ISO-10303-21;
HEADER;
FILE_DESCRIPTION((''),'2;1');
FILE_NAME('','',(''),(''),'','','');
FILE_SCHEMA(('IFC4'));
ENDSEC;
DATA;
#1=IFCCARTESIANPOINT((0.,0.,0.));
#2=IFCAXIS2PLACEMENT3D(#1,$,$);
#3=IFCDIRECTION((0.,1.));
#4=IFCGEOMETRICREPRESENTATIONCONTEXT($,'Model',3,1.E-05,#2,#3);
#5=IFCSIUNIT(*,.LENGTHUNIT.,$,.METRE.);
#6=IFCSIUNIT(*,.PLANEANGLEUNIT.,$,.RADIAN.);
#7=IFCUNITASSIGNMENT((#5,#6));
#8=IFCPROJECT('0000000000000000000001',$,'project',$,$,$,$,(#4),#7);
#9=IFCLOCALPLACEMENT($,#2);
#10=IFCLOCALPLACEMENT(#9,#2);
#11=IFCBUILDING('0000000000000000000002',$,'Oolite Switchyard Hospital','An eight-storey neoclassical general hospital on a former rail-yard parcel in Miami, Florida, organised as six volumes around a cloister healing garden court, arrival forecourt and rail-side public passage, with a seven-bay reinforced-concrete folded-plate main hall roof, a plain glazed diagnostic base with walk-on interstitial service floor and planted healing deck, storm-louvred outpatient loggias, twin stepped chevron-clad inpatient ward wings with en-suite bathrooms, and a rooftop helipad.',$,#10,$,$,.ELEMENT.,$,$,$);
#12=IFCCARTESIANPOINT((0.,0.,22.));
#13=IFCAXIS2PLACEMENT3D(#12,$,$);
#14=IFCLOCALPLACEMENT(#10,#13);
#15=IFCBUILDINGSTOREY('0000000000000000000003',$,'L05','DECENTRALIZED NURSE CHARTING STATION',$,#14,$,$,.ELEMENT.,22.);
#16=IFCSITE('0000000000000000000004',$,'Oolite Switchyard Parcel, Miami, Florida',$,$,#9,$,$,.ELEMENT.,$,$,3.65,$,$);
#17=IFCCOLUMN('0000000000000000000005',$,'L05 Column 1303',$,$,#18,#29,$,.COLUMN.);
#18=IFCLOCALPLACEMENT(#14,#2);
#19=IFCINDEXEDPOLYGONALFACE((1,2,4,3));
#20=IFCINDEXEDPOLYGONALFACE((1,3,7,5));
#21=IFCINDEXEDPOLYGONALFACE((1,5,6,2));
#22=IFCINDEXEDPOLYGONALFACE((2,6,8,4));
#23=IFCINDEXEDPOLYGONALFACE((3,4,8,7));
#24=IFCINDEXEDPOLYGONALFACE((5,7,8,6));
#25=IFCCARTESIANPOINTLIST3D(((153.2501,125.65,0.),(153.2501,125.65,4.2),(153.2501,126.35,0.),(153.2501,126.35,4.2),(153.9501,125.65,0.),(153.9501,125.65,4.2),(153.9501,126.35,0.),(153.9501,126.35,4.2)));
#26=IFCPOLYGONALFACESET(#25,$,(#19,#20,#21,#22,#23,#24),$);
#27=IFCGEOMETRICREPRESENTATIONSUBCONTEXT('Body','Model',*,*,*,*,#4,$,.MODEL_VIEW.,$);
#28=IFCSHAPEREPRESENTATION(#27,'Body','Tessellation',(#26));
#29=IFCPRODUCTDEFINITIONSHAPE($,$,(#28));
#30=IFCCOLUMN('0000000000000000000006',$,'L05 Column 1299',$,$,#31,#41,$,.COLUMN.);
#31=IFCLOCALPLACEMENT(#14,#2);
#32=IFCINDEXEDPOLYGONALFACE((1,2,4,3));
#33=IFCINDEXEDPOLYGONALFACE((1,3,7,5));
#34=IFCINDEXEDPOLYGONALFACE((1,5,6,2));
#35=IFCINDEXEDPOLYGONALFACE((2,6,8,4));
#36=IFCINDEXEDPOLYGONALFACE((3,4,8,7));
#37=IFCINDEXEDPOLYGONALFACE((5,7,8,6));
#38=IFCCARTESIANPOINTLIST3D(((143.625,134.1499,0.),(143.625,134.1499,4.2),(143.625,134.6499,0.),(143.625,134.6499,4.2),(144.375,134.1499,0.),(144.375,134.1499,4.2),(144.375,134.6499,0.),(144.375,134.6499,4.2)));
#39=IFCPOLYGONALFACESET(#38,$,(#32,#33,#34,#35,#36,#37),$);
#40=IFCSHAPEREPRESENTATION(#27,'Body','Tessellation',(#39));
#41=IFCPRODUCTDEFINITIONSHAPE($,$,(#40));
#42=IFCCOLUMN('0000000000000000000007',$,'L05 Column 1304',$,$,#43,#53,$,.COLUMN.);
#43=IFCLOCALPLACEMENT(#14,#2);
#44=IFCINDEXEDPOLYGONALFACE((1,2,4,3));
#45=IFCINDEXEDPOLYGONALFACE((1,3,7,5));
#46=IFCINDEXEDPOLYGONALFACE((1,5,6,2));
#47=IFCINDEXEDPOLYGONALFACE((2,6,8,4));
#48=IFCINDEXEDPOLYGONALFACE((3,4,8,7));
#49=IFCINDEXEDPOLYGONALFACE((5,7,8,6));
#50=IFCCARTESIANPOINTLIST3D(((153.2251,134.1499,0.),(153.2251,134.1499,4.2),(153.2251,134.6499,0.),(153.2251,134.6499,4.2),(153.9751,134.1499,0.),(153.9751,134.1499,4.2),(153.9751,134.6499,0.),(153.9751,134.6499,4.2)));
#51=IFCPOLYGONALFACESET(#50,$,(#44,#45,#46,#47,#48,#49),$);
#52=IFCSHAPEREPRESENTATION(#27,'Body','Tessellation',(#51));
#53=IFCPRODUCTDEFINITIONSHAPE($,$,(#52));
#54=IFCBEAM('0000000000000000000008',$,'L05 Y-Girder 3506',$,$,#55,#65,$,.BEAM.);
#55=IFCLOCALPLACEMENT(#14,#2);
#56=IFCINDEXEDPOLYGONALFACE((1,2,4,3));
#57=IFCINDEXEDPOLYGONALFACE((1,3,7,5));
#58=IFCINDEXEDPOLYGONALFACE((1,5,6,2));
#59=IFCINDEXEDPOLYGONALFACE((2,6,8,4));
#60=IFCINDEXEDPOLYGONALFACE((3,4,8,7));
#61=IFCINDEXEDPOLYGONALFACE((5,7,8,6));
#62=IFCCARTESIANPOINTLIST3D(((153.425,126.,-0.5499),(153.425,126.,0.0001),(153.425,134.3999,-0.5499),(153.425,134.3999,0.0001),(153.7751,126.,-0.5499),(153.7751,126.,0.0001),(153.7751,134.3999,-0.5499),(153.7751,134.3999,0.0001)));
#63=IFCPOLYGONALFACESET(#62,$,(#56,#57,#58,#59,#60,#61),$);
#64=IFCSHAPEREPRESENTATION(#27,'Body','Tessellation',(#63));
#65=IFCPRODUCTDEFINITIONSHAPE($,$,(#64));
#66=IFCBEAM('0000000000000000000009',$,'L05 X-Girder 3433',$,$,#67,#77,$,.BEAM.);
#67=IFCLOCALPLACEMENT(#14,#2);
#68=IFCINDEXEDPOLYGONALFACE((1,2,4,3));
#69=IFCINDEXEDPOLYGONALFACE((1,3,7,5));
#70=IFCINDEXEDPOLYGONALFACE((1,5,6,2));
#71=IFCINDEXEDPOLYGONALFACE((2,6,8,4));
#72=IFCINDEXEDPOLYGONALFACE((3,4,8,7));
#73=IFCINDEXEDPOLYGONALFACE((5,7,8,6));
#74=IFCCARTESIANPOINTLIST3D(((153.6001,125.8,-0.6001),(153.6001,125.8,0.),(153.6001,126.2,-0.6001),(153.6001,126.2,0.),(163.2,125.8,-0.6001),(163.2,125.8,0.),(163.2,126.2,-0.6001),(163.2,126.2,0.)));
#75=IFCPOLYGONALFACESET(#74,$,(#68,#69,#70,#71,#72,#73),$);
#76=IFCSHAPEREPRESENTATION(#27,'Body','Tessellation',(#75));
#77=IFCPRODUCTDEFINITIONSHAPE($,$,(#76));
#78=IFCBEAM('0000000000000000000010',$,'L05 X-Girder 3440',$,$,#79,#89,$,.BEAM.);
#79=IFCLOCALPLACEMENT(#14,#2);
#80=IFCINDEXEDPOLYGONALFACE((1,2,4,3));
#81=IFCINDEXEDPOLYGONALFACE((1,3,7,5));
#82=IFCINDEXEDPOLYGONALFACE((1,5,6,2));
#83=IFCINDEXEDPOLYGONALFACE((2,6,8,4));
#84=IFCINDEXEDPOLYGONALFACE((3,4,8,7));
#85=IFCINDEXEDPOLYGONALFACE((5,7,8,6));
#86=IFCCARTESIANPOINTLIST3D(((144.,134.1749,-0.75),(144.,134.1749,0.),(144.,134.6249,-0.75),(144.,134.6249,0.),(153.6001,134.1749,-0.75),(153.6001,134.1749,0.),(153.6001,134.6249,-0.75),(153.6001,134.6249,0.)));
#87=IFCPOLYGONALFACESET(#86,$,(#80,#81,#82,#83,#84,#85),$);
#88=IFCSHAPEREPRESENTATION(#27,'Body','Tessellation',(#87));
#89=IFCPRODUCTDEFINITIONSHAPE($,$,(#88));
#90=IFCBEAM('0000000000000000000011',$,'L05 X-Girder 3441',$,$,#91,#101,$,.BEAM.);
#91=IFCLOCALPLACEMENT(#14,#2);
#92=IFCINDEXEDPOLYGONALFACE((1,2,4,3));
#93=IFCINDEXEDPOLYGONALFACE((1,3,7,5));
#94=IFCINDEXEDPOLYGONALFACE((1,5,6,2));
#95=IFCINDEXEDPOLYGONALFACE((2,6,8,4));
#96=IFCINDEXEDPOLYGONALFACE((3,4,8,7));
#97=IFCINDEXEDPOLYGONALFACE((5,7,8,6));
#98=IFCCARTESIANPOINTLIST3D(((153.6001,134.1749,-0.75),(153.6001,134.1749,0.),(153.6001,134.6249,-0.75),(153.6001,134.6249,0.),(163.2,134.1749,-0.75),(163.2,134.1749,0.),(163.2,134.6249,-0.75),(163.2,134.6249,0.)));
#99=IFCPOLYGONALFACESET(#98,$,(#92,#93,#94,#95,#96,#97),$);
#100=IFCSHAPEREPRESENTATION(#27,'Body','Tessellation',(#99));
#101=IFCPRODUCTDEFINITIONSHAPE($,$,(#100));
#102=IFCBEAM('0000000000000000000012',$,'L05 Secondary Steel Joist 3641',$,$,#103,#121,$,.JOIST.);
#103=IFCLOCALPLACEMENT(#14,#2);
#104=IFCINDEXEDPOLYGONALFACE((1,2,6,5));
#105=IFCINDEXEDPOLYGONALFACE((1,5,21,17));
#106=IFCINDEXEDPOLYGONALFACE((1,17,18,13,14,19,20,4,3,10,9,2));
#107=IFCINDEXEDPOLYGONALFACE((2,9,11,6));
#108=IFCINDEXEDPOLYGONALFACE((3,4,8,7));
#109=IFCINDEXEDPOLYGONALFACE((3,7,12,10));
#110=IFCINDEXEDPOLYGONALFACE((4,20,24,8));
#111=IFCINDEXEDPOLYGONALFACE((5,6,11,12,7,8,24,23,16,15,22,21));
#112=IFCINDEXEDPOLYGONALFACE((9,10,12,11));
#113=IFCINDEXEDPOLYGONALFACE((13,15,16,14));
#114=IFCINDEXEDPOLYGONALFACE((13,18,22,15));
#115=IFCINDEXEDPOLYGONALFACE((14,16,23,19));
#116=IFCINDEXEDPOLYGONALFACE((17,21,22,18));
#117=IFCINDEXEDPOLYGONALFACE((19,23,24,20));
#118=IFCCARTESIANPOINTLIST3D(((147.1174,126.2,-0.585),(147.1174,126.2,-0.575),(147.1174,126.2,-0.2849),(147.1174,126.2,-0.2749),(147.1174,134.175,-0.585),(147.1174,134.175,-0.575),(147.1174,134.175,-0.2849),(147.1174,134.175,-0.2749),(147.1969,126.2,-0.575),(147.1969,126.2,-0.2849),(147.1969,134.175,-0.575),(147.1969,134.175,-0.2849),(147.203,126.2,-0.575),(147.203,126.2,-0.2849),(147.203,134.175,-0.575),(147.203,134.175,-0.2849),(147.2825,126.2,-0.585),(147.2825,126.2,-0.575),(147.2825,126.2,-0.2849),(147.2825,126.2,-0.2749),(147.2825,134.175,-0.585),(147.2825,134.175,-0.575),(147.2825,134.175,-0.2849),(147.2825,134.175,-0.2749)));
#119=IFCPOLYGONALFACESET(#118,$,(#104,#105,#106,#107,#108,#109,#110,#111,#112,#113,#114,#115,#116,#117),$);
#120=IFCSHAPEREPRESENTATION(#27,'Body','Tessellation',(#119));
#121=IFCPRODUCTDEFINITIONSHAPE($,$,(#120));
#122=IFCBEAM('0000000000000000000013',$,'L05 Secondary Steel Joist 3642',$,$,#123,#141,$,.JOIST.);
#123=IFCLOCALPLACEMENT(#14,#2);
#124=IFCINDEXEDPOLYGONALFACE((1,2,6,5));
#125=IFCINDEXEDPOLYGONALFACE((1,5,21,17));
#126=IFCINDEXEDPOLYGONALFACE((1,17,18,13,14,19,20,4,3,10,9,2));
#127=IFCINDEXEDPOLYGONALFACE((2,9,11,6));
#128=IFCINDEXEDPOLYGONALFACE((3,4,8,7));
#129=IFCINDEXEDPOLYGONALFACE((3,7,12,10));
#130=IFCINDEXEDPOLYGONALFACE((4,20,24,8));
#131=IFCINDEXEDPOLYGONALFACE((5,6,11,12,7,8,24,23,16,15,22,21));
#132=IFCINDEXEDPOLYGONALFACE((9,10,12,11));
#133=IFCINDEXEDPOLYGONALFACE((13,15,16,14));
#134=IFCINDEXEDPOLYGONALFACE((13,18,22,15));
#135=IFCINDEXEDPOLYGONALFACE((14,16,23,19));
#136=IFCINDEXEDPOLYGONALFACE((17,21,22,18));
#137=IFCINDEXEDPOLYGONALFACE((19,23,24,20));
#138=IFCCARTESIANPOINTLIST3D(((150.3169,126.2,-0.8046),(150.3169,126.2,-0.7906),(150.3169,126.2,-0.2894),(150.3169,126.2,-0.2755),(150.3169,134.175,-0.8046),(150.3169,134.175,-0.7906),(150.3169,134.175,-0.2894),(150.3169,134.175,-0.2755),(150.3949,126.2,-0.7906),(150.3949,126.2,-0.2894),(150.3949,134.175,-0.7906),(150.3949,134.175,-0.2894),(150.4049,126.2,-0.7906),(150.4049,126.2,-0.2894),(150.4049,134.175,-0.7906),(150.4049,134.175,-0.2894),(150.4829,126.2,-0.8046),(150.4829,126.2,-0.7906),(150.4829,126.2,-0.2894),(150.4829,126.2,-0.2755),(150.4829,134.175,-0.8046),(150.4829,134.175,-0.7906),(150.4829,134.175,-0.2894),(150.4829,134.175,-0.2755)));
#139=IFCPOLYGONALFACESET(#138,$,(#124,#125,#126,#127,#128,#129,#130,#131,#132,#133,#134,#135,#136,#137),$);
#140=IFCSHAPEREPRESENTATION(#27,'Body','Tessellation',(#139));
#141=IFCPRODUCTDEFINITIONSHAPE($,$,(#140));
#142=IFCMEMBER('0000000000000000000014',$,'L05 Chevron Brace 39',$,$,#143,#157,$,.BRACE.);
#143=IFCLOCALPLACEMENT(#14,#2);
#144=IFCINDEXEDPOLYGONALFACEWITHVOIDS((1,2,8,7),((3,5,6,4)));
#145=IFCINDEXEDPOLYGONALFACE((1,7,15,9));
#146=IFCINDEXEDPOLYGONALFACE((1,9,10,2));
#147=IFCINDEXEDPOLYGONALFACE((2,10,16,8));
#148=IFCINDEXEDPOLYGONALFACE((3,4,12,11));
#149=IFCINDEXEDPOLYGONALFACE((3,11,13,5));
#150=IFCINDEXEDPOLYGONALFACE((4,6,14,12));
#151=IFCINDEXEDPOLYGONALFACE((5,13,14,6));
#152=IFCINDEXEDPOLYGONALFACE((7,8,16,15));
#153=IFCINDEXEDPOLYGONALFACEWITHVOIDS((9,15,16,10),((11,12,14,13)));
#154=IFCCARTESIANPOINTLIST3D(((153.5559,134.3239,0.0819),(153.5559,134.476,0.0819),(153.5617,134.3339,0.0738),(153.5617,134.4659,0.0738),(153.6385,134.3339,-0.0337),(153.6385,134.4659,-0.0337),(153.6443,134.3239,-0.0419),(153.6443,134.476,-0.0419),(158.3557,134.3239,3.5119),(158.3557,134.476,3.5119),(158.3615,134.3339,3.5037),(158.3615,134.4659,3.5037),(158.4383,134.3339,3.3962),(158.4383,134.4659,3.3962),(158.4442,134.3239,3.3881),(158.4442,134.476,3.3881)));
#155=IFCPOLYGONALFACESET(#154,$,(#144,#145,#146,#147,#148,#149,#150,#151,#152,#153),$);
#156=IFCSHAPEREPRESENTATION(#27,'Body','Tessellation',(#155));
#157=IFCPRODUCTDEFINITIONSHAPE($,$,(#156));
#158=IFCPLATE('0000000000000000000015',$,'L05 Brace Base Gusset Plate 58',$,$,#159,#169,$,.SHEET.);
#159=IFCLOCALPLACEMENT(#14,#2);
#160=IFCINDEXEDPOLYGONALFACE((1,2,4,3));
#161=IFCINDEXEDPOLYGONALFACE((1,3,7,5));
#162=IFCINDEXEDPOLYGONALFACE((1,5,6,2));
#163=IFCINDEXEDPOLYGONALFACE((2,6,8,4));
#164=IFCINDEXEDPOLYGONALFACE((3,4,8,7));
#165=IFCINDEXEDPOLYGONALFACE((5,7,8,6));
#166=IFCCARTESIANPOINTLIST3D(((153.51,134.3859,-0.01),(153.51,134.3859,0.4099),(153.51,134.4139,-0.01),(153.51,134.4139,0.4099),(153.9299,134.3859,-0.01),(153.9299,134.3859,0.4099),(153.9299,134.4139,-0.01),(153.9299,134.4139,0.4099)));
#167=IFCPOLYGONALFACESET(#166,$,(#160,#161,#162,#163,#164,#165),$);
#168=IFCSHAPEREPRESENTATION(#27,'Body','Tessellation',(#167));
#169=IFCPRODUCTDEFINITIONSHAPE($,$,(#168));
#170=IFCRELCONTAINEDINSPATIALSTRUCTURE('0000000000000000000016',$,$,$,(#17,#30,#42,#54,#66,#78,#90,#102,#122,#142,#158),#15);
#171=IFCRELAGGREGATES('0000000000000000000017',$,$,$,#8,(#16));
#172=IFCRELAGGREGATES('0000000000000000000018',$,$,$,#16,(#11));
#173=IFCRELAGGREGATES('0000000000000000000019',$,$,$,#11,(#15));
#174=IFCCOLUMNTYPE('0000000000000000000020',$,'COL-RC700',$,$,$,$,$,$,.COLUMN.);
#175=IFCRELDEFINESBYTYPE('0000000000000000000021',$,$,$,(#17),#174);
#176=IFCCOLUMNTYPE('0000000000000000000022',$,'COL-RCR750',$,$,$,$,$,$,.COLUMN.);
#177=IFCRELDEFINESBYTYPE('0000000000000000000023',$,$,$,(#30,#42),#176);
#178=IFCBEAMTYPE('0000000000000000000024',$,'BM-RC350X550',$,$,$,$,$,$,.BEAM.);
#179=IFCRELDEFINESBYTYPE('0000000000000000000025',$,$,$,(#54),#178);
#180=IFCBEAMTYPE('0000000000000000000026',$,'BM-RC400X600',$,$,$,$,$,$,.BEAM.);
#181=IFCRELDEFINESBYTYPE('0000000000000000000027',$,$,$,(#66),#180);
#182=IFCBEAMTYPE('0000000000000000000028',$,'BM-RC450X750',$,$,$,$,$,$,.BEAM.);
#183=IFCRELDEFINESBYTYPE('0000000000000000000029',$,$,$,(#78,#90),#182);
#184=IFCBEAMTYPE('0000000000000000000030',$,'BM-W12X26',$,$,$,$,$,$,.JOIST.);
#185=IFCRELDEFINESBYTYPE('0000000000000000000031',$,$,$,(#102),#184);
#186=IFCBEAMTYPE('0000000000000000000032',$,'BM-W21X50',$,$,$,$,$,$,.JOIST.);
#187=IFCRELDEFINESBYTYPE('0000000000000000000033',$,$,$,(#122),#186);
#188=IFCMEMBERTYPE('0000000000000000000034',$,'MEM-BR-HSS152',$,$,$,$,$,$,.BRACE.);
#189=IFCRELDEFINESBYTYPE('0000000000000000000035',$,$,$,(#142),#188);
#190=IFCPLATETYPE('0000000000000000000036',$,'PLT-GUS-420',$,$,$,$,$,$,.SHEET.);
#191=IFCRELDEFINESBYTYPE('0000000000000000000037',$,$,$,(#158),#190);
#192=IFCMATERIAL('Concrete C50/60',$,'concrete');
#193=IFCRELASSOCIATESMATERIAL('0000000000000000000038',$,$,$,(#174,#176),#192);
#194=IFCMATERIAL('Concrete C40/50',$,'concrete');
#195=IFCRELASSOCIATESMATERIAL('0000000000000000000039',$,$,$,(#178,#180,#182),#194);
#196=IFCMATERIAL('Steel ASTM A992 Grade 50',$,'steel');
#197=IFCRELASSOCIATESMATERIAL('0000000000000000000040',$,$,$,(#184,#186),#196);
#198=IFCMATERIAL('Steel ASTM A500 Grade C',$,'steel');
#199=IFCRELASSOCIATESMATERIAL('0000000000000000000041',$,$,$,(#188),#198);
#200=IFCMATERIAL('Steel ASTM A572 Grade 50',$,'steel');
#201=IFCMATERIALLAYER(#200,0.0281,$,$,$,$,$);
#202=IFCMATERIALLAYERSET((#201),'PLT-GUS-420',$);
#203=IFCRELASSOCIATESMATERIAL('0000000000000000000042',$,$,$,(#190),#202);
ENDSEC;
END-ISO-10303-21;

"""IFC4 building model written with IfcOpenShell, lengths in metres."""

from ifc_helpers import new_model, si_unit, direction, frame, origin, origin_2d, place, context, subcontext, project, spatial, rectangle, hollow_rectangle, i_section, extrude, material, layer, layer_set, material_profile, profile_set, type_object, element, save


model = new_model("IFC4")

# Units and contexts
model_context = context("Model", 3, precision=1e-05, world=origin(), true_north=direction((0.0, 1.0)))
body_context = subcontext(model_context, "Body", "Model", "MODEL_VIEW")
ifc_project = project(units=[si_unit("LENGTHUNIT", "METRE"), si_unit("PLANEANGLEUNIT", "RADIAN")], contexts=[model_context])

# Site, building, storey
site_placement = place(None, origin())
site = spatial("IfcSite", under=ifc_project, at=site_placement, Name="Oolite Switchyard Parcel, Miami, Florida", CompositionType="ELEMENT", RefElevation=3.65)
building_placement = place(site_placement, origin())
building = spatial("IfcBuilding", under=site, at=building_placement, Name="Oolite Switchyard Hospital", Description="An eight-storey neoclassical general hospital on a former rail-yard parcel in Miami, Florida, organised as six volumes around a cloister healing garden court, arrival forecourt and rail-side public passage, with a seven-bay reinforced-concrete folded-plate main hall roof, a plain glazed diagnostic base with walk-on interstitial service floor and planted healing deck, storm-louvred outpatient loggias, twin stepped chevron-clad inpatient ward wings with en-suite bathrooms, and a rooftop helipad.", CompositionType="ELEMENT")
storey_placement = place(building_placement, frame((0.0, 0.0, 22.0)))
storey = spatial("IfcBuildingStorey", under=building, at=storey_placement, Name="L05", Description="DECENTRALIZED NURSE CHARTING STATION", CompositionType="ELEMENT", Elevation=22.0)

# Columns
ifc_material_1 = material(Name="Concrete C50/60", Category="concrete")
ifc_material_profile_1 = material_profile(ifc_material_1, rectangle(XDim=0.7, YDim=0.7, at=origin_2d()), Name="RC700X700")
ifc_profile_set_1 = profile_set([ifc_material_profile_1], Name="Concrete C50/60")
column_type_1 = type_object("IfcColumnType", Name="COL-RC700", PredefinedType="COLUMN", material=ifc_profile_set_1)
column_placement = place(storey_placement, frame((153.6001, 126.0, 0.0), z_axis=(0.0, 0.0, 1.0), x_axis=(1.0, 0.0, 0.0)))
element("IfcColumn", 1, at=column_placement, inside=storey, type_object=column_type_1, Name="L05 Column 1303", PredefinedType="COLUMN", context=body_context, shape_type="SweptSolid", body=[
    extrude(rectangle(XDim=0.7, YDim=0.7, at=origin_2d()), origin(), (0.0, 0.0, 1.0), 4.2),
])
ifc_material_profile_2 = material_profile(ifc_material_1, rectangle(XDim=0.75, YDim=0.5, at=origin_2d()), Name="RC750X500")
ifc_profile_set_2 = profile_set([ifc_material_profile_2], Name="Concrete C50/60")
column_type_2 = type_object("IfcColumnType", Name="COL-RCR750", PredefinedType="COLUMN", material=ifc_profile_set_2)
for number, where, z_axis, x_axis, name in (
    (2, (144.0, 134.3999, 0.0), (0.0, 0.0, 1.0), (1.0, 0.0, 0.0), "L05 Column 1299"),
    (3, (153.6001, 134.3999, 0.0), (0.0, 0.0, 1.0), (1.0, 0.0, 0.0), "L05 Column 1304"),
):
    element("IfcColumn", number, at=place(storey_placement, frame(where, z_axis=z_axis, x_axis=x_axis)), inside=storey, type_object=column_type_2, Name=name, PredefinedType="COLUMN", context=body_context, shape_type="SweptSolid", body=[
        extrude(rectangle(XDim=0.75, YDim=0.5, at=origin_2d()), origin(), (0.0, 0.0, 1.0), 4.2),
    ])

# Beams
ifc_material_2 = material(Name="Concrete C40/50", Category="concrete")
ifc_material_profile_3 = material_profile(ifc_material_2, rectangle(XDim=0.3501, YDim=0.55, at=origin_2d()), Name="RCB350X550")
ifc_profile_set_3 = profile_set([ifc_material_profile_3], Name="Concrete C40/50")
beam_type_1 = type_object("IfcBeamType", Name="BM-RC350X550", PredefinedType="BEAM", material=ifc_profile_set_3)
beam_1_placement = place(storey_placement, frame((153.6001, 126.0, -0.2749), z_axis=(0.0, 1.0, 0.0), x_axis=(-1.0, 0.0, 0.0)))
element("IfcBeam", 4, at=beam_1_placement, inside=storey, type_object=beam_type_1, Name="L05 Y-Girder 3506", PredefinedType="BEAM", context=body_context, shape_type="SweptSolid", body=[
    extrude(rectangle(XDim=0.3501, YDim=0.55, at=origin_2d()), origin(), (0.0, 0.0, 1.0), 8.3999),
])
ifc_material_profile_4 = material_profile(ifc_material_2, rectangle(XDim=0.3999, YDim=0.6001, at=origin_2d()), Name="RCB400X600")
ifc_profile_set_4 = profile_set([ifc_material_profile_4], Name="Concrete C40/50")
beam_type_2 = type_object("IfcBeamType", Name="BM-RC400X600", PredefinedType="BEAM", material=ifc_profile_set_4)
beam_2_placement = place(storey_placement, frame((153.6001, 126.0, -0.3), z_axis=(1.0, 0.0, 0.0), x_axis=(0.0, 1.0, 0.0)))
element("IfcBeam", 5, at=beam_2_placement, inside=storey, type_object=beam_type_2, Name="L05 X-Girder 3433", PredefinedType="BEAM", context=body_context, shape_type="SweptSolid", body=[
    extrude(rectangle(XDim=0.3999, YDim=0.6001, at=origin_2d()), origin(), (0.0, 0.0, 1.0), 9.5999),
])
ifc_material_profile_5 = material_profile(ifc_material_2, rectangle(XDim=0.45, YDim=0.75, at=origin_2d()), Name="RCB450X750")
ifc_profile_set_5 = profile_set([ifc_material_profile_5], Name="Concrete C40/50")
beam_type_3 = type_object("IfcBeamType", Name="BM-RC450X750", PredefinedType="BEAM", material=ifc_profile_set_5)
beam_3_placement = place(storey_placement, frame((144.0, 134.3999, -0.375), z_axis=(1.0, 0.0, 0.0), x_axis=(0.0, 1.0, 0.0)))
element("IfcBeam", 6, at=beam_3_placement, inside=storey, type_object=beam_type_3, Name="L05 X-Girder 3440", PredefinedType="BEAM", context=body_context, shape_type="SweptSolid", body=[
    extrude(rectangle(XDim=0.45, YDim=0.75, at=origin_2d()), origin(), (0.0, 0.0, 1.0), 9.6001),
])
beam_4_placement = place(storey_placement, frame((153.6001, 134.3999, -0.375), z_axis=(1.0, 0.0, 0.0), x_axis=(0.0, 1.0, 0.0)))
element("IfcBeam", 7, at=beam_4_placement, inside=storey, type_object=beam_type_3, Name="L05 X-Girder 3441", PredefinedType="BEAM", context=body_context, shape_type="SweptSolid", body=[
    extrude(rectangle(XDim=0.45, YDim=0.75, at=origin_2d()), origin(), (0.0, 0.0, 1.0), 9.5999),
])
ifc_material_3 = material(Name="Steel ASTM A992 Grade 50", Category="steel")
ifc_material_profile_6 = material_profile(ifc_material_3, i_section(OverallWidth=0.165, OverallDepth=0.3101, WebThickness=0.0061, FlangeThickness=0.01, at=origin_2d()), Name="W12X26")
ifc_profile_set_6 = profile_set([ifc_material_profile_6], Name="Steel ASTM A992 Grade 50")
beam_type_4 = type_object("IfcBeamType", Name="BM-W12X26", PredefinedType="JOIST", material=ifc_profile_set_6)
beam_5_placement = place(storey_placement, frame((147.2, 126.2, -0.4299), z_axis=(0.0, 1.0, 0.0), x_axis=(-1.0, 0.0, 0.0)))
element("IfcBeam", 8, at=beam_5_placement, inside=storey, type_object=beam_type_4, Name="L05 Secondary Steel Joist 3641", PredefinedType="JOIST", context=body_context, shape_type="SweptSolid", body=[
    extrude(i_section(OverallWidth=0.165, OverallDepth=0.3101, WebThickness=0.0061, FlangeThickness=0.01, at=origin_2d()), origin(), (0.0, 0.0, 1.0), 7.9751),
])
ifc_material_profile_7 = material_profile(ifc_material_3, i_section(OverallWidth=0.166, OverallDepth=0.5291, WebThickness=0.01, FlangeThickness=0.0139, at=origin_2d()), Name="W21X50")
ifc_profile_set_7 = profile_set([ifc_material_profile_7], Name="Steel ASTM A992 Grade 50")
beam_type_5 = type_object("IfcBeamType", Name="BM-W21X50", PredefinedType="JOIST", material=ifc_profile_set_7)
beam_6_placement = place(storey_placement, frame((150.3999, 126.2, -0.54), z_axis=(0.0, 1.0, 0.0), x_axis=(-1.0, 0.0, 0.0)))
element("IfcBeam", 9, at=beam_6_placement, inside=storey, type_object=beam_type_5, Name="L05 Secondary Steel Joist 3642", PredefinedType="JOIST", context=body_context, shape_type="SweptSolid", body=[
    extrude(i_section(OverallWidth=0.166, OverallDepth=0.5291, WebThickness=0.01, FlangeThickness=0.0139, at=origin_2d()), origin(), (0.0, 0.0, 1.0), 7.9751),
])

# Member
ifc_material_4 = material(Name="Steel ASTM A500 Grade C", Category="steel")
ifc_material_profile_8 = material_profile(ifc_material_4, hollow_rectangle(XDim=0.1521, YDim=0.1521, WallThickness=0.01, at=origin_2d()), Name="HSS152X152X10")
ifc_profile_set_8 = profile_set([ifc_material_profile_8], Name="Steel ASTM A500 Grade C")
member_type = type_object("IfcMemberType", Name="MEM-BR-HSS152", PredefinedType="BRACE", material=ifc_profile_set_8)
member_placement = place(storey_placement, frame((153.6001, 134.3999, 0.02), z_axis=(0.813613, 0.0, 0.581407), x_axis=(0.0, 1.0, 0.0)))
element("IfcMember", 10, at=member_placement, inside=storey, type_object=member_type, Name="L05 Chevron Brace 39", PredefinedType="BRACE", context=body_context, shape_type="SweptSolid", body=[
    extrude(hollow_rectangle(XDim=0.1521, YDim=0.1521, WallThickness=0.01, at=origin_2d()), origin(), (0.0, 0.0, 1.0), 5.8994),
])

# Plate
ifc_material_5 = material(Name="Steel ASTM A572 Grade 50", Category="steel")
ifc_layer_1 = layer(ifc_material_5, 0.0281)
ifc_layer_set_1 = layer_set([ifc_layer_1], Name="PLT-GUS-420")
plate_type = type_object("IfcPlateType", Name="PLT-GUS-420", PredefinedType="SHEET", material=ifc_layer_set_1)
plate_placement = place(storey_placement, frame((153.72, 134.3999, -0.01), z_axis=(0.0, 0.0, 1.0), x_axis=(1.0, 0.0, 0.0)))
element("IfcPlate", 11, at=plate_placement, inside=storey, type_object=plate_type, Name="L05 Brace Base Gusset Plate 58", PredefinedType="SHEET", context=body_context, shape_type="SweptSolid", body=[
    extrude(rectangle(XDim=0.4199, YDim=0.0281, at=origin_2d()), origin(), (0.0, 0.0, 1.0), 0.4199),
])

save(model, "model.ifc")
